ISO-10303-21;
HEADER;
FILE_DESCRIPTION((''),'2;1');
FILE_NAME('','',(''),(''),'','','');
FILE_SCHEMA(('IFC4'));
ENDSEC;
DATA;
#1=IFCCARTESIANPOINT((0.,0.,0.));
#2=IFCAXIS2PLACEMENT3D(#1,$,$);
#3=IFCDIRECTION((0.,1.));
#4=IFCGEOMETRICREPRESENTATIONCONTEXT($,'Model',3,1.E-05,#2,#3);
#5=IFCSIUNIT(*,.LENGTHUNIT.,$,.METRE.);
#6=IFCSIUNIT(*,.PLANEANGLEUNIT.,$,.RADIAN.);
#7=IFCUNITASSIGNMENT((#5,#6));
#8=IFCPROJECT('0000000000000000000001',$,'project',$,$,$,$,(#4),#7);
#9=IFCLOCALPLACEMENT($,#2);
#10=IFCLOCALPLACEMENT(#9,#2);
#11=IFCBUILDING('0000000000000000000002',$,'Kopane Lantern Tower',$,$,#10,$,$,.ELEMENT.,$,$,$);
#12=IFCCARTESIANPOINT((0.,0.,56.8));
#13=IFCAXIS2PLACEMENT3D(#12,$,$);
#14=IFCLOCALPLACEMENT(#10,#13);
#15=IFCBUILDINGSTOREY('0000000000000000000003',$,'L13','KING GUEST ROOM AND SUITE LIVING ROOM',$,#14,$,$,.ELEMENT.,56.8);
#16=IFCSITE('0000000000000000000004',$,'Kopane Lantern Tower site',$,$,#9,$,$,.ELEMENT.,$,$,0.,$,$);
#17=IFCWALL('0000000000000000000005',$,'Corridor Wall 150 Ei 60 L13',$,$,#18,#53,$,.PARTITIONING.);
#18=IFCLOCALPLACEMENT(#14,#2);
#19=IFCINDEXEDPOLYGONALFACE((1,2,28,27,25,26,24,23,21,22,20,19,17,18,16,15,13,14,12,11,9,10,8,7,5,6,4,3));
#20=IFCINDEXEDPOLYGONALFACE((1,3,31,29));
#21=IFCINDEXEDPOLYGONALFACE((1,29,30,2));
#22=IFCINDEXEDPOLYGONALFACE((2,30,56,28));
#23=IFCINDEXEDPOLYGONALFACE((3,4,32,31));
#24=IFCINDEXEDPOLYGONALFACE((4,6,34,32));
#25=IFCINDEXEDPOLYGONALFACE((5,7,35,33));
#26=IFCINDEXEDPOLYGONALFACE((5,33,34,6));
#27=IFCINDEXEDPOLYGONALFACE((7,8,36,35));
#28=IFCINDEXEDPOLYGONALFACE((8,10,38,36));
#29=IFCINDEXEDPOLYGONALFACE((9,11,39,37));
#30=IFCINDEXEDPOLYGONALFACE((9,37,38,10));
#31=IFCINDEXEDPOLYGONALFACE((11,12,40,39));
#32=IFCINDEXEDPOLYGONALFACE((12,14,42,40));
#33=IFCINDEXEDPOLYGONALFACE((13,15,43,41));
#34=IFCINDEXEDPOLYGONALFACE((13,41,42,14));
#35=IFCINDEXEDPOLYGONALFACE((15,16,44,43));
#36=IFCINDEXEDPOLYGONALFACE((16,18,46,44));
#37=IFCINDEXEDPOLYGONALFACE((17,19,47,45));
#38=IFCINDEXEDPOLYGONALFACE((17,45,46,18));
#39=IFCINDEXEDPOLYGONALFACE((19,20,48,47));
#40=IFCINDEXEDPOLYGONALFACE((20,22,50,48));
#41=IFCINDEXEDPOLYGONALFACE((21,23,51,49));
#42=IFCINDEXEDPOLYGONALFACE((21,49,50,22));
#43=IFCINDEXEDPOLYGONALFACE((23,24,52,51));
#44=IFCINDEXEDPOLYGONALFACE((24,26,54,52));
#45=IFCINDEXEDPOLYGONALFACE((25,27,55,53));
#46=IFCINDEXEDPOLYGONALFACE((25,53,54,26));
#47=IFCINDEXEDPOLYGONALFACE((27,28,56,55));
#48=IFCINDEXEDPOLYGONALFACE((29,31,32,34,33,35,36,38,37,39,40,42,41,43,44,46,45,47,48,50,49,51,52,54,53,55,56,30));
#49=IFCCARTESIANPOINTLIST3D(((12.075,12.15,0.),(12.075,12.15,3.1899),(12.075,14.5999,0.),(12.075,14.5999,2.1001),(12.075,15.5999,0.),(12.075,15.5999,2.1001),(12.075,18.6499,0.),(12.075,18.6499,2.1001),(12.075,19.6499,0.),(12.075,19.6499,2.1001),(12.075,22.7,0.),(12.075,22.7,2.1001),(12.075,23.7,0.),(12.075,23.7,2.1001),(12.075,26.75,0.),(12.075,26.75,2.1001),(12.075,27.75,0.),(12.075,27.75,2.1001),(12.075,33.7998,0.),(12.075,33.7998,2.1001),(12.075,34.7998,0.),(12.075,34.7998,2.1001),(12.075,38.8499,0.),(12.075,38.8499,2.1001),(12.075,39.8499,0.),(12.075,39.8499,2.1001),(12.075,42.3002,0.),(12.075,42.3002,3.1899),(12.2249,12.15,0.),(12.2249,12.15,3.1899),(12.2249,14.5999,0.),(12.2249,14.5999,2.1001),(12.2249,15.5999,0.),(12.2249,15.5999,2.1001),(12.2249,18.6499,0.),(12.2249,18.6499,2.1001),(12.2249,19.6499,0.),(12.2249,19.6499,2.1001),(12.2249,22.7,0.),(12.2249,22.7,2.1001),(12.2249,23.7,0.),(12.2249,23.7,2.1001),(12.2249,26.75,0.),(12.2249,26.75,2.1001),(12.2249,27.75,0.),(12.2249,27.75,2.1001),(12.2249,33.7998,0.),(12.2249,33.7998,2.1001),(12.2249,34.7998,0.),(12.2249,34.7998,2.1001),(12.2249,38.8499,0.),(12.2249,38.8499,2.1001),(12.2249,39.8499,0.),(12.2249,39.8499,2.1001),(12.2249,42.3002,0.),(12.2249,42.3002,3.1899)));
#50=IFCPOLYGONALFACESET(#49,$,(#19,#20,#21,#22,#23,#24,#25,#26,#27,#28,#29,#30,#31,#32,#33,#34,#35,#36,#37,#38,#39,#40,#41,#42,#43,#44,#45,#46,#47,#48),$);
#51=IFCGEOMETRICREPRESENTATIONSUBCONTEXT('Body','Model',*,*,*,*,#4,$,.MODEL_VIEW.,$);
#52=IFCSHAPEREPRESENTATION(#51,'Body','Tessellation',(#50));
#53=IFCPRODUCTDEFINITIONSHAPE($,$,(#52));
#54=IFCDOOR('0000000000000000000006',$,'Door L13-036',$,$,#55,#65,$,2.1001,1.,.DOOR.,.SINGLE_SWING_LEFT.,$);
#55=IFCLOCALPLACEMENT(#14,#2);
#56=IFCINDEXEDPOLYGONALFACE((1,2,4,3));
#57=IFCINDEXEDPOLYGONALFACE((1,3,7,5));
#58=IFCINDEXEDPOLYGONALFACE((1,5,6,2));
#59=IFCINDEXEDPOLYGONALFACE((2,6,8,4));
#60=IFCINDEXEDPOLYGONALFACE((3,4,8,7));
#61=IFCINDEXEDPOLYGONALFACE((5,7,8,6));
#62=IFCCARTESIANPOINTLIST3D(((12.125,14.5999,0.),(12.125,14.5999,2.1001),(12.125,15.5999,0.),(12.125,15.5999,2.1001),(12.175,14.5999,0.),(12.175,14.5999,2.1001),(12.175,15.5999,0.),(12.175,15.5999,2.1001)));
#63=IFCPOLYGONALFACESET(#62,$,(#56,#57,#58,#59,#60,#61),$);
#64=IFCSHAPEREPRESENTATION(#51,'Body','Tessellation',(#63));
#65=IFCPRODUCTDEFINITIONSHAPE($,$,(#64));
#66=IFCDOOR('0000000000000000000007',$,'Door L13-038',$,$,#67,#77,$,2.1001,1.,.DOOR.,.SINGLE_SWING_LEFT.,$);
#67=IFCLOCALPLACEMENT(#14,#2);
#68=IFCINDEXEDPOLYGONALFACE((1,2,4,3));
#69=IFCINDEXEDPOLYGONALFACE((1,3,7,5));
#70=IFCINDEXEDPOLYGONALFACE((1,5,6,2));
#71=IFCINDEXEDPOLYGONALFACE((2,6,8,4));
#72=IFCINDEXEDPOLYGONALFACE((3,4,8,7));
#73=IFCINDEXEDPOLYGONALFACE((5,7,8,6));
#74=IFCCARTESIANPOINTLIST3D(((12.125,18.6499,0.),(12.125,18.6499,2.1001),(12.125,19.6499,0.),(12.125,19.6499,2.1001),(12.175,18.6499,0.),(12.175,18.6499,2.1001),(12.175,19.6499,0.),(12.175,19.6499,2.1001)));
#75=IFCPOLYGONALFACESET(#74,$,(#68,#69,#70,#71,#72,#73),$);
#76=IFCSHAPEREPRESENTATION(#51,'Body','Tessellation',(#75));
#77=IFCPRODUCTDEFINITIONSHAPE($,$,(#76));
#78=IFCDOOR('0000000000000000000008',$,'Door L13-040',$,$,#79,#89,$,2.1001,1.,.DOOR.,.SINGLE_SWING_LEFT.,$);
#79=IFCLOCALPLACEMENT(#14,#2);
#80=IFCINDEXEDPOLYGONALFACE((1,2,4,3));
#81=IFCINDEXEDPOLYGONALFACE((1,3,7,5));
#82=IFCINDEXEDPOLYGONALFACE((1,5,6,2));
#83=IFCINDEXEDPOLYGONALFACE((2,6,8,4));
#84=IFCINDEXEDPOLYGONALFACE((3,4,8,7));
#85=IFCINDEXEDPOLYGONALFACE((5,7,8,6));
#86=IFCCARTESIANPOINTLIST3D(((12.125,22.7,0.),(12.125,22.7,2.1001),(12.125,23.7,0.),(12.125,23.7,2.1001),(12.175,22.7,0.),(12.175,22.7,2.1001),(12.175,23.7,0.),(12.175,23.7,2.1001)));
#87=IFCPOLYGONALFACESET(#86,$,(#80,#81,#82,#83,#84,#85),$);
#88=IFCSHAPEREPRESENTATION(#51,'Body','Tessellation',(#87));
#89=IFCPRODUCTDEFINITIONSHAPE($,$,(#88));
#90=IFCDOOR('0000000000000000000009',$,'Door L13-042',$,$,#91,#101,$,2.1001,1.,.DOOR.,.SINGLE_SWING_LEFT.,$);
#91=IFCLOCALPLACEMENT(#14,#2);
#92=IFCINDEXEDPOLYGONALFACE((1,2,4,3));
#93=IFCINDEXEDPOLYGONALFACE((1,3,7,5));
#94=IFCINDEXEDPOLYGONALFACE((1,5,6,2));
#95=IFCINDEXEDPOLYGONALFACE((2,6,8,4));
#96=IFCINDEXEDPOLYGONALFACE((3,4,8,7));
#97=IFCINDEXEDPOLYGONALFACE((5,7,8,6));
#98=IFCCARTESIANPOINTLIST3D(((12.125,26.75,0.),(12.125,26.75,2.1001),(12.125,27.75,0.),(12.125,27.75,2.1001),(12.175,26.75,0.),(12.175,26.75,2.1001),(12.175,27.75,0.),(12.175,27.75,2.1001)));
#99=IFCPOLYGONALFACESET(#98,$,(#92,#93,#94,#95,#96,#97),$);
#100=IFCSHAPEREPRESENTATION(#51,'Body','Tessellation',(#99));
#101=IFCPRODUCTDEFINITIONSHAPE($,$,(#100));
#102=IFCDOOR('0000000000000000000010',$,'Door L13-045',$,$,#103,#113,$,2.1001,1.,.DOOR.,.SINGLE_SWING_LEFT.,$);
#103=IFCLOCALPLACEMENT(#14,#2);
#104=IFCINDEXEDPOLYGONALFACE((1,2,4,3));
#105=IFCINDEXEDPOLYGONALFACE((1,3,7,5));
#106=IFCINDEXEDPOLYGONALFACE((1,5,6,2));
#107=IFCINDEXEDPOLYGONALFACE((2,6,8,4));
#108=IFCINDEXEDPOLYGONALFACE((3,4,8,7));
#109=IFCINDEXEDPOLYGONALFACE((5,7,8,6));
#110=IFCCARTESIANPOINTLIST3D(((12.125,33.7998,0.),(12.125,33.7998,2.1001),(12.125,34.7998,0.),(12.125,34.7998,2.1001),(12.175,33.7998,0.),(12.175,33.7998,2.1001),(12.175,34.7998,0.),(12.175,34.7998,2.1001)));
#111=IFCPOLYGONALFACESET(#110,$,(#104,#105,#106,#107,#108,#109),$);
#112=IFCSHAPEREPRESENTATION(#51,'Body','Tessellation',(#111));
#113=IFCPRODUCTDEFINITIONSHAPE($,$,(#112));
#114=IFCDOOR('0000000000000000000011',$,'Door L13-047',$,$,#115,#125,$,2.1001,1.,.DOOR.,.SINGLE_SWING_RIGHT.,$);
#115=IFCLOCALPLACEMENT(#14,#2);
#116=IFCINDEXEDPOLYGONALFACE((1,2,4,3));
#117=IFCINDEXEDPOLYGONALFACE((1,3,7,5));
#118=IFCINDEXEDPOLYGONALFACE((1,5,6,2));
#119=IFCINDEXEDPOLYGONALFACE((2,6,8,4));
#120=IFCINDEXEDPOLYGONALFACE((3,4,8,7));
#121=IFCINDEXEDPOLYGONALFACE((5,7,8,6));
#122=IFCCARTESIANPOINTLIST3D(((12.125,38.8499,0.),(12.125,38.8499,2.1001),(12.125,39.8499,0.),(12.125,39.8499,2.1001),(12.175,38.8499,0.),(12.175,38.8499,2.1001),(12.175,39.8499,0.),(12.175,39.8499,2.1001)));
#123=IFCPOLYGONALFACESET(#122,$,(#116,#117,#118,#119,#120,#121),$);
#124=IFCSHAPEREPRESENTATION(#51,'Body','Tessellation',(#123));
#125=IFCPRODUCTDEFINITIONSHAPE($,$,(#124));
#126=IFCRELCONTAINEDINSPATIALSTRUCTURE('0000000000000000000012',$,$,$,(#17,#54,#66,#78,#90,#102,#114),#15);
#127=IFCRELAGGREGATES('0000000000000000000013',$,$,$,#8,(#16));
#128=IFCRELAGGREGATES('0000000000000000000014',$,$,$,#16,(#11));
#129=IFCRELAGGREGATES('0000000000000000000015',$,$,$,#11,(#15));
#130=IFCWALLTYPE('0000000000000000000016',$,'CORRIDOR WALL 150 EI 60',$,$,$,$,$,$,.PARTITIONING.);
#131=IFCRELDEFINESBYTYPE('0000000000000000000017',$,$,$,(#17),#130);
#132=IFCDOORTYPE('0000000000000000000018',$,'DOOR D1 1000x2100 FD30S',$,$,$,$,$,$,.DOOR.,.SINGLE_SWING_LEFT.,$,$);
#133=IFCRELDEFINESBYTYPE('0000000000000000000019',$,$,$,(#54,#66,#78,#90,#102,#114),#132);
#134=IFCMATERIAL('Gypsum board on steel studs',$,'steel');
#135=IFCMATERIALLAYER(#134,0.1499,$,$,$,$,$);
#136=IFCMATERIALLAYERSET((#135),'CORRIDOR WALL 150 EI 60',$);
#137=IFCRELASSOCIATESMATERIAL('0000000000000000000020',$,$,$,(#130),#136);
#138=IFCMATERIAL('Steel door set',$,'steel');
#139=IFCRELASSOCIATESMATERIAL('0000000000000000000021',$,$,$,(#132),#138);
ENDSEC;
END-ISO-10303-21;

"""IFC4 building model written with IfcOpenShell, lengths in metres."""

from ifc_helpers import new_model, si_unit, direction, frame, frame_2d, origin, place, context, subcontext, project, spatial, rectangle, extrude, material, layer, layer_set, type_object, element, fill, save


model = new_model("IFC4")

# Units and contexts
model_context = context("Model", 3, precision=1e-05, world=origin(), true_north=direction((0.0, 1.0)))
body_context = subcontext(model_context, "Body", "Model", "MODEL_VIEW")
ifc_project = project(units=[si_unit("LENGTHUNIT", "METRE"), si_unit("PLANEANGLEUNIT", "RADIAN")], contexts=[model_context])

# Site, building, storey
site_placement = place(None, origin())
site = spatial("IfcSite", under=ifc_project, at=site_placement, Name="Kopane Lantern Tower site", CompositionType="ELEMENT", RefElevation=0.0)
building_placement = place(site_placement, origin())
building = spatial("IfcBuilding", under=site, at=building_placement, Name="Kopane Lantern Tower", CompositionType="ELEMENT")
storey_placement = place(building_placement, frame((0.0, 0.0, 56.8)))
storey = spatial("IfcBuildingStorey", under=building, at=storey_placement, Name="L13", Description="KING GUEST ROOM AND SUITE LIVING ROOM", CompositionType="ELEMENT", Elevation=56.8)

# Wall, openings, doors
ifc_material_1 = material(Name="Gypsum board on steel studs", Category="steel")
ifc_layer_1 = layer(ifc_material_1, 0.1499)
ifc_layer_set_1 = layer_set([ifc_layer_1], Name="CORRIDOR WALL 150 EI 60")
wall_type_1 = type_object("IfcWallType", Name="CORRIDOR WALL 150 EI 60", PredefinedType="PARTITIONING", material=ifc_layer_set_1)
ifc_material_2 = material(Name="Steel door set", Category="steel")
door_type_1 = type_object("IfcDoorType", Name="DOOR D1 1000x2100 FD30S", OperationType="SINGLE_SWING_LEFT", PredefinedType="DOOR", material=ifc_material_2)
wall_1_placement = place(storey_placement, frame((12.1499, 12.1499, 0.0), z_axis=(0.0, 0.0, 1.0), x_axis=(0.0, 1.0, 0.0)))
wall_1 = element("IfcWall", 1, at=wall_1_placement, inside=storey, type_object=wall_type_1, Name="Corridor Wall 150 Ei 60 L13", PredefinedType="PARTITIONING", context=body_context, shape_type="SweptSolid", body=[
    extrude(rectangle(XDim=30.1501, YDim=0.1499, at=frame_2d((15.0752, 0.0))), origin(), (0.0, 0.0, 1.0), 3.1899),
])
opening_1_placement = place(wall_1_placement, frame((2.45, 0.0, 0.0)))
opening_1 = element("IfcOpeningElement", 2, at=opening_1_placement, cuts=wall_1, PredefinedType="OPENING", context=body_context, shape_type="SweptSolid", body=[
    extrude(rectangle(XDim=1.0, YDim=2.1001, at=frame_2d((0.5, 1.05))), frame((0.0, 0.085, 0.0), z_axis=(0.0, -1.0, 0.0), x_axis=(1.0, 0.0, 0.0)), (0.0, 0.0, 1.0), 0.1699),
])
opening_2_placement = place(wall_1_placement, frame((6.5, 0.0, 0.0)))
opening_2 = element("IfcOpeningElement", 3, at=opening_2_placement, cuts=wall_1, PredefinedType="OPENING", context=body_context, shape_type="SweptSolid", body=[
    extrude(rectangle(XDim=1.0, YDim=2.1001, at=frame_2d((0.5, 1.05))), frame((0.0, 0.085, 0.0), z_axis=(0.0, -1.0, 0.0), x_axis=(1.0, 0.0, 0.0)), (0.0, 0.0, 1.0), 0.1699),
])
opening_3_placement = place(wall_1_placement, frame((10.55, 0.0, 0.0)))
opening_3 = element("IfcOpeningElement", 4, at=opening_3_placement, cuts=wall_1, PredefinedType="OPENING", context=body_context, shape_type="SweptSolid", body=[
    extrude(rectangle(XDim=1.0, YDim=2.1001, at=frame_2d((0.5, 1.05))), frame((0.0, 0.085, 0.0), z_axis=(0.0, -1.0, 0.0), x_axis=(1.0, 0.0, 0.0)), (0.0, 0.0, 1.0), 0.1699),
])
opening_4_placement = place(wall_1_placement, frame((14.6001, 0.0, 0.0)))
opening_4 = element("IfcOpeningElement", 5, at=opening_4_placement, cuts=wall_1, PredefinedType="OPENING", context=body_context, shape_type="SweptSolid", body=[
    extrude(rectangle(XDim=1.0, YDim=2.1001, at=frame_2d((0.5, 1.05))), frame((0.0, 0.085, 0.0), z_axis=(0.0, -1.0, 0.0), x_axis=(1.0, 0.0, 0.0)), (0.0, 0.0, 1.0), 0.1699),
])
opening_5_placement = place(wall_1_placement, frame((21.6499, 0.0, 0.0)))
opening_5 = element("IfcOpeningElement", 6, at=opening_5_placement, cuts=wall_1, PredefinedType="OPENING", context=body_context, shape_type="SweptSolid", body=[
    extrude(rectangle(XDim=1.0, YDim=2.1001, at=frame_2d((0.5, 1.05))), frame((0.0, 0.085, 0.0), z_axis=(0.0, -1.0, 0.0), x_axis=(1.0, 0.0, 0.0)), (0.0, 0.0, 1.0), 0.1699),
])
opening_6_placement = place(wall_1_placement, frame((26.7, 0.0, 0.0)))
opening_6 = element("IfcOpeningElement", 7, at=opening_6_placement, cuts=wall_1, PredefinedType="OPENING", context=body_context, shape_type="SweptSolid", body=[
    extrude(rectangle(XDim=1.0, YDim=2.1001, at=frame_2d((0.5, 1.05))), frame((0.0, 0.085, 0.0), z_axis=(0.0, -1.0, 0.0), x_axis=(1.0, 0.0, 0.0)), (0.0, 0.0, 1.0), 0.1699),
])
door_1_placement = place(opening_1_placement, origin())
door_1 = element("IfcDoor", 8, at=door_1_placement, inside=storey, type_object=door_type_1, Name="Door L13-036", OperationType="SINGLE_SWING_LEFT", OverallHeight=2.1001, OverallWidth=1.0, PredefinedType="DOOR", context=body_context, shape_type="SweptSolid", body=[
    extrude(rectangle(XDim=1.0, YDim=2.1001, at=frame_2d((0.5, 1.05))), frame((0.0, 0.0249, 0.0), z_axis=(0.0, -1.0, 0.0), x_axis=(1.0, 0.0, 0.0)), (0.0, 0.0, 1.0), 0.05),
])
fill(opening_1, door_1)
door_2_placement = place(opening_2_placement, origin())
door_2 = element("IfcDoor", 9, at=door_2_placement, inside=storey, type_object=door_type_1, Name="Door L13-038", OperationType="SINGLE_SWING_LEFT", OverallHeight=2.1001, OverallWidth=1.0, PredefinedType="DOOR", context=body_context, shape_type="SweptSolid", body=[
    extrude(rectangle(XDim=1.0, YDim=2.1001, at=frame_2d((0.5, 1.05))), frame((0.0, 0.0249, 0.0), z_axis=(0.0, -1.0, 0.0), x_axis=(1.0, 0.0, 0.0)), (0.0, 0.0, 1.0), 0.05),
])
fill(opening_2, door_2)
door_3_placement = place(opening_3_placement, origin())
door_3 = element("IfcDoor", 10, at=door_3_placement, inside=storey, type_object=door_type_1, Name="Door L13-040", OperationType="SINGLE_SWING_LEFT", OverallHeight=2.1001, OverallWidth=1.0, PredefinedType="DOOR", context=body_context, shape_type="SweptSolid", body=[
    extrude(rectangle(XDim=1.0, YDim=2.1001, at=frame_2d((0.5, 1.05))), frame((0.0, 0.0249, 0.0), z_axis=(0.0, -1.0, 0.0), x_axis=(1.0, 0.0, 0.0)), (0.0, 0.0, 1.0), 0.05),
])
fill(opening_3, door_3)
door_4_placement = place(opening_4_placement, origin())
door_4 = element("IfcDoor", 11, at=door_4_placement, inside=storey, type_object=door_type_1, Name="Door L13-042", OperationType="SINGLE_SWING_LEFT", OverallHeight=2.1001, OverallWidth=1.0, PredefinedType="DOOR", context=body_context, shape_type="SweptSolid", body=[
    extrude(rectangle(XDim=1.0, YDim=2.1001, at=frame_2d((0.5, 1.05))), frame((0.0, 0.0249, 0.0), z_axis=(0.0, -1.0, 0.0), x_axis=(1.0, 0.0, 0.0)), (0.0, 0.0, 1.0), 0.05),
])
fill(opening_4, door_4)
door_5_placement = place(opening_5_placement, origin())
door_5 = element("IfcDoor", 12, at=door_5_placement, inside=storey, type_object=door_type_1, Name="Door L13-045", OperationType="SINGLE_SWING_LEFT", OverallHeight=2.1001, OverallWidth=1.0, PredefinedType="DOOR", context=body_context, shape_type="SweptSolid", body=[
    extrude(rectangle(XDim=1.0, YDim=2.1001, at=frame_2d((0.5, 1.05))), frame((0.0, 0.0249, 0.0), z_axis=(0.0, -1.0, 0.0), x_axis=(1.0, 0.0, 0.0)), (0.0, 0.0, 1.0), 0.05),
])
fill(opening_5, door_5)
door_6_placement = place(opening_6_placement, origin())
door_6 = element("IfcDoor", 13, at=door_6_placement, inside=storey, type_object=door_type_1, Name="Door L13-047", OperationType="SINGLE_SWING_RIGHT", OverallHeight=2.1001, OverallWidth=1.0, PredefinedType="DOOR", context=body_context, shape_type="SweptSolid", body=[
    extrude(rectangle(XDim=1.0, YDim=2.1001, at=frame_2d((0.5, 1.05))), frame((0.0, 0.0249, 0.0), z_axis=(0.0, -1.0, 0.0), x_axis=(1.0, 0.0, 0.0)), (0.0, 0.0, 1.0), 0.05),
])
fill(opening_6, door_6)

save(model, "model.ifc")
